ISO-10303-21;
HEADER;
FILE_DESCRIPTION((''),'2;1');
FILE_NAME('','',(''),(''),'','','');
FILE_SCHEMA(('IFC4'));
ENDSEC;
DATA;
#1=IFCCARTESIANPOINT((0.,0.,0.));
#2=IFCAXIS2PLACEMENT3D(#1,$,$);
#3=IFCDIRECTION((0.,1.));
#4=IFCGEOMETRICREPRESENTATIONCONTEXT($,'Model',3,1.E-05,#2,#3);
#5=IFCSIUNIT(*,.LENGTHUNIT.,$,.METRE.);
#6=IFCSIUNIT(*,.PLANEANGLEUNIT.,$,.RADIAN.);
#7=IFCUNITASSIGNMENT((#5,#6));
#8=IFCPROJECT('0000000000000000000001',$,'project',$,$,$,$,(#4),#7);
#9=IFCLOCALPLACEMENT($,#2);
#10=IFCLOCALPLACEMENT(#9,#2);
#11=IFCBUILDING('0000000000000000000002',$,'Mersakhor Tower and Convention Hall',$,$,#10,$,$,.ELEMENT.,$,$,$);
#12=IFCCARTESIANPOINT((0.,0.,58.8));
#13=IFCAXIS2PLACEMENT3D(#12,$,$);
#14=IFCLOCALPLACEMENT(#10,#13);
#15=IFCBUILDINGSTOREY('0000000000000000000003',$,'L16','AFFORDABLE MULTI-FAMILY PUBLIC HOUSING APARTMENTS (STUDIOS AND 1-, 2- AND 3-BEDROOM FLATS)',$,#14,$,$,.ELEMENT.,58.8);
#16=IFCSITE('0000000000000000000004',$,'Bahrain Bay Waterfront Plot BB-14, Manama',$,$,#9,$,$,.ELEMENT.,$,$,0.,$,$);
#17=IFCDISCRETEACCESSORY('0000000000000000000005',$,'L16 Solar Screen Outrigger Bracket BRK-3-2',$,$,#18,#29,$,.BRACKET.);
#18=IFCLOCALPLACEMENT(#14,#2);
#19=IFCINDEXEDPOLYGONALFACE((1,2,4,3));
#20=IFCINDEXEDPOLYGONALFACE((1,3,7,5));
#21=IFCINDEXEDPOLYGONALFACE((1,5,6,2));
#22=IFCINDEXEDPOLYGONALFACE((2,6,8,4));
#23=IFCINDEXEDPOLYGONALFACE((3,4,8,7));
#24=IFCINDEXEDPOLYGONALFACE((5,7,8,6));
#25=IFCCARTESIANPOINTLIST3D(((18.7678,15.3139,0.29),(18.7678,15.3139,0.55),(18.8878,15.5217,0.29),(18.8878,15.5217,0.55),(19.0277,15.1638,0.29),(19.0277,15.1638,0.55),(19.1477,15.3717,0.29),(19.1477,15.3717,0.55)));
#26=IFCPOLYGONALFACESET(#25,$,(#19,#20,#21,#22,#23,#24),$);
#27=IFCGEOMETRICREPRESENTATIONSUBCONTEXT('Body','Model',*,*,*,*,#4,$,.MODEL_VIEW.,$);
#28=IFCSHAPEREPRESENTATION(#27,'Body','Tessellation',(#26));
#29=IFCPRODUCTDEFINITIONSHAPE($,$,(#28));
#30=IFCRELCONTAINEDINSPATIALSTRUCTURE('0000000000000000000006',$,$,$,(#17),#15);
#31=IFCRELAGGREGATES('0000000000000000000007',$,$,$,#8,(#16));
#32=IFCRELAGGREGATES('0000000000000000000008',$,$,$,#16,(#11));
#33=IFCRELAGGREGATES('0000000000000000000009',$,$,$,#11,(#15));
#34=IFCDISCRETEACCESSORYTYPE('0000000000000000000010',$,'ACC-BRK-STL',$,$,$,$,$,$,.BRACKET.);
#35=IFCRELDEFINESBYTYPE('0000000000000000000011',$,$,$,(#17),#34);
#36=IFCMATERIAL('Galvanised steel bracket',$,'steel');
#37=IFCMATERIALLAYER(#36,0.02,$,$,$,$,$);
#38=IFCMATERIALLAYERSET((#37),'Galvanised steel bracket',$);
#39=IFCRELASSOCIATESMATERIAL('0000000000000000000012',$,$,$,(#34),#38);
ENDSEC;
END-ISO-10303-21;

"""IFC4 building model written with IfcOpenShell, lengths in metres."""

from ifc_helpers import new_model, si_unit, direction, frame, origin, origin_2d, place, context, subcontext, project, spatial, rectangle, extrude, material, layer, layer_set, type_object, element, save


model = new_model("IFC4")

# Units and contexts
model_context = context("Model", 3, precision=1e-05, world=origin(), true_north=direction((0.0, 1.0)))
body_context = subcontext(model_context, "Body", "Model", "MODEL_VIEW")
ifc_project = project(units=[si_unit("LENGTHUNIT", "METRE"), si_unit("PLANEANGLEUNIT", "RADIAN")], contexts=[model_context])

# Site, building, storey
site_placement = place(None, origin())
site = spatial("IfcSite", under=ifc_project, at=site_placement, Name="Bahrain Bay Waterfront Plot BB-14, Manama", CompositionType="ELEMENT", RefElevation=0.0)
building_placement = place(site_placement, origin())
building = spatial("IfcBuilding", under=site, at=building_placement, Name="Mersakhor Tower and Convention Hall", CompositionType="ELEMENT")
storey_placement = place(building_placement, frame((0.0, 0.0, 58.8)))
storey = spatial("IfcBuildingStorey", under=building, at=storey_placement, Name="L16", Description="AFFORDABLE MULTI-FAMILY PUBLIC HOUSING APARTMENTS (STUDIOS AND 1-, 2- AND 3-BEDROOM FLATS)", CompositionType="ELEMENT", Elevation=58.8)

# Discrete accessory
ifc_material_1 = material(Name="Galvanised steel bracket", Category="steel")
ifc_layer_1 = layer(ifc_material_1, 0.02)
ifc_layer_set_1 = layer_set([ifc_layer_1], Name="Galvanised steel bracket")
discrete_accessory_type = type_object("IfcDiscreteAccessoryType", Name="ACC-BRK-STL", PredefinedType="BRACKET", material=ifc_layer_set_1)
discrete_accessory_placement = place(storey_placement, frame((18.9578, 15.3428, 0.29), z_axis=(0.0, 0.0, 1.0), x_axis=(-0.866025, 0.5, 0.0)))
element("IfcDiscreteAccessory", 1, at=discrete_accessory_placement, inside=storey, type_object=discrete_accessory_type, Name="L16 Solar Screen Outrigger Bracket BRK-3-2", PredefinedType="BRACKET", context=body_context, shape_type="SweptSolid", body=[
    extrude(rectangle(XDim=0.3, YDim=0.24, at=origin_2d()), origin(), (0.0, 0.0, 1.0), 0.26),
])

save(model, "model.ifc")
